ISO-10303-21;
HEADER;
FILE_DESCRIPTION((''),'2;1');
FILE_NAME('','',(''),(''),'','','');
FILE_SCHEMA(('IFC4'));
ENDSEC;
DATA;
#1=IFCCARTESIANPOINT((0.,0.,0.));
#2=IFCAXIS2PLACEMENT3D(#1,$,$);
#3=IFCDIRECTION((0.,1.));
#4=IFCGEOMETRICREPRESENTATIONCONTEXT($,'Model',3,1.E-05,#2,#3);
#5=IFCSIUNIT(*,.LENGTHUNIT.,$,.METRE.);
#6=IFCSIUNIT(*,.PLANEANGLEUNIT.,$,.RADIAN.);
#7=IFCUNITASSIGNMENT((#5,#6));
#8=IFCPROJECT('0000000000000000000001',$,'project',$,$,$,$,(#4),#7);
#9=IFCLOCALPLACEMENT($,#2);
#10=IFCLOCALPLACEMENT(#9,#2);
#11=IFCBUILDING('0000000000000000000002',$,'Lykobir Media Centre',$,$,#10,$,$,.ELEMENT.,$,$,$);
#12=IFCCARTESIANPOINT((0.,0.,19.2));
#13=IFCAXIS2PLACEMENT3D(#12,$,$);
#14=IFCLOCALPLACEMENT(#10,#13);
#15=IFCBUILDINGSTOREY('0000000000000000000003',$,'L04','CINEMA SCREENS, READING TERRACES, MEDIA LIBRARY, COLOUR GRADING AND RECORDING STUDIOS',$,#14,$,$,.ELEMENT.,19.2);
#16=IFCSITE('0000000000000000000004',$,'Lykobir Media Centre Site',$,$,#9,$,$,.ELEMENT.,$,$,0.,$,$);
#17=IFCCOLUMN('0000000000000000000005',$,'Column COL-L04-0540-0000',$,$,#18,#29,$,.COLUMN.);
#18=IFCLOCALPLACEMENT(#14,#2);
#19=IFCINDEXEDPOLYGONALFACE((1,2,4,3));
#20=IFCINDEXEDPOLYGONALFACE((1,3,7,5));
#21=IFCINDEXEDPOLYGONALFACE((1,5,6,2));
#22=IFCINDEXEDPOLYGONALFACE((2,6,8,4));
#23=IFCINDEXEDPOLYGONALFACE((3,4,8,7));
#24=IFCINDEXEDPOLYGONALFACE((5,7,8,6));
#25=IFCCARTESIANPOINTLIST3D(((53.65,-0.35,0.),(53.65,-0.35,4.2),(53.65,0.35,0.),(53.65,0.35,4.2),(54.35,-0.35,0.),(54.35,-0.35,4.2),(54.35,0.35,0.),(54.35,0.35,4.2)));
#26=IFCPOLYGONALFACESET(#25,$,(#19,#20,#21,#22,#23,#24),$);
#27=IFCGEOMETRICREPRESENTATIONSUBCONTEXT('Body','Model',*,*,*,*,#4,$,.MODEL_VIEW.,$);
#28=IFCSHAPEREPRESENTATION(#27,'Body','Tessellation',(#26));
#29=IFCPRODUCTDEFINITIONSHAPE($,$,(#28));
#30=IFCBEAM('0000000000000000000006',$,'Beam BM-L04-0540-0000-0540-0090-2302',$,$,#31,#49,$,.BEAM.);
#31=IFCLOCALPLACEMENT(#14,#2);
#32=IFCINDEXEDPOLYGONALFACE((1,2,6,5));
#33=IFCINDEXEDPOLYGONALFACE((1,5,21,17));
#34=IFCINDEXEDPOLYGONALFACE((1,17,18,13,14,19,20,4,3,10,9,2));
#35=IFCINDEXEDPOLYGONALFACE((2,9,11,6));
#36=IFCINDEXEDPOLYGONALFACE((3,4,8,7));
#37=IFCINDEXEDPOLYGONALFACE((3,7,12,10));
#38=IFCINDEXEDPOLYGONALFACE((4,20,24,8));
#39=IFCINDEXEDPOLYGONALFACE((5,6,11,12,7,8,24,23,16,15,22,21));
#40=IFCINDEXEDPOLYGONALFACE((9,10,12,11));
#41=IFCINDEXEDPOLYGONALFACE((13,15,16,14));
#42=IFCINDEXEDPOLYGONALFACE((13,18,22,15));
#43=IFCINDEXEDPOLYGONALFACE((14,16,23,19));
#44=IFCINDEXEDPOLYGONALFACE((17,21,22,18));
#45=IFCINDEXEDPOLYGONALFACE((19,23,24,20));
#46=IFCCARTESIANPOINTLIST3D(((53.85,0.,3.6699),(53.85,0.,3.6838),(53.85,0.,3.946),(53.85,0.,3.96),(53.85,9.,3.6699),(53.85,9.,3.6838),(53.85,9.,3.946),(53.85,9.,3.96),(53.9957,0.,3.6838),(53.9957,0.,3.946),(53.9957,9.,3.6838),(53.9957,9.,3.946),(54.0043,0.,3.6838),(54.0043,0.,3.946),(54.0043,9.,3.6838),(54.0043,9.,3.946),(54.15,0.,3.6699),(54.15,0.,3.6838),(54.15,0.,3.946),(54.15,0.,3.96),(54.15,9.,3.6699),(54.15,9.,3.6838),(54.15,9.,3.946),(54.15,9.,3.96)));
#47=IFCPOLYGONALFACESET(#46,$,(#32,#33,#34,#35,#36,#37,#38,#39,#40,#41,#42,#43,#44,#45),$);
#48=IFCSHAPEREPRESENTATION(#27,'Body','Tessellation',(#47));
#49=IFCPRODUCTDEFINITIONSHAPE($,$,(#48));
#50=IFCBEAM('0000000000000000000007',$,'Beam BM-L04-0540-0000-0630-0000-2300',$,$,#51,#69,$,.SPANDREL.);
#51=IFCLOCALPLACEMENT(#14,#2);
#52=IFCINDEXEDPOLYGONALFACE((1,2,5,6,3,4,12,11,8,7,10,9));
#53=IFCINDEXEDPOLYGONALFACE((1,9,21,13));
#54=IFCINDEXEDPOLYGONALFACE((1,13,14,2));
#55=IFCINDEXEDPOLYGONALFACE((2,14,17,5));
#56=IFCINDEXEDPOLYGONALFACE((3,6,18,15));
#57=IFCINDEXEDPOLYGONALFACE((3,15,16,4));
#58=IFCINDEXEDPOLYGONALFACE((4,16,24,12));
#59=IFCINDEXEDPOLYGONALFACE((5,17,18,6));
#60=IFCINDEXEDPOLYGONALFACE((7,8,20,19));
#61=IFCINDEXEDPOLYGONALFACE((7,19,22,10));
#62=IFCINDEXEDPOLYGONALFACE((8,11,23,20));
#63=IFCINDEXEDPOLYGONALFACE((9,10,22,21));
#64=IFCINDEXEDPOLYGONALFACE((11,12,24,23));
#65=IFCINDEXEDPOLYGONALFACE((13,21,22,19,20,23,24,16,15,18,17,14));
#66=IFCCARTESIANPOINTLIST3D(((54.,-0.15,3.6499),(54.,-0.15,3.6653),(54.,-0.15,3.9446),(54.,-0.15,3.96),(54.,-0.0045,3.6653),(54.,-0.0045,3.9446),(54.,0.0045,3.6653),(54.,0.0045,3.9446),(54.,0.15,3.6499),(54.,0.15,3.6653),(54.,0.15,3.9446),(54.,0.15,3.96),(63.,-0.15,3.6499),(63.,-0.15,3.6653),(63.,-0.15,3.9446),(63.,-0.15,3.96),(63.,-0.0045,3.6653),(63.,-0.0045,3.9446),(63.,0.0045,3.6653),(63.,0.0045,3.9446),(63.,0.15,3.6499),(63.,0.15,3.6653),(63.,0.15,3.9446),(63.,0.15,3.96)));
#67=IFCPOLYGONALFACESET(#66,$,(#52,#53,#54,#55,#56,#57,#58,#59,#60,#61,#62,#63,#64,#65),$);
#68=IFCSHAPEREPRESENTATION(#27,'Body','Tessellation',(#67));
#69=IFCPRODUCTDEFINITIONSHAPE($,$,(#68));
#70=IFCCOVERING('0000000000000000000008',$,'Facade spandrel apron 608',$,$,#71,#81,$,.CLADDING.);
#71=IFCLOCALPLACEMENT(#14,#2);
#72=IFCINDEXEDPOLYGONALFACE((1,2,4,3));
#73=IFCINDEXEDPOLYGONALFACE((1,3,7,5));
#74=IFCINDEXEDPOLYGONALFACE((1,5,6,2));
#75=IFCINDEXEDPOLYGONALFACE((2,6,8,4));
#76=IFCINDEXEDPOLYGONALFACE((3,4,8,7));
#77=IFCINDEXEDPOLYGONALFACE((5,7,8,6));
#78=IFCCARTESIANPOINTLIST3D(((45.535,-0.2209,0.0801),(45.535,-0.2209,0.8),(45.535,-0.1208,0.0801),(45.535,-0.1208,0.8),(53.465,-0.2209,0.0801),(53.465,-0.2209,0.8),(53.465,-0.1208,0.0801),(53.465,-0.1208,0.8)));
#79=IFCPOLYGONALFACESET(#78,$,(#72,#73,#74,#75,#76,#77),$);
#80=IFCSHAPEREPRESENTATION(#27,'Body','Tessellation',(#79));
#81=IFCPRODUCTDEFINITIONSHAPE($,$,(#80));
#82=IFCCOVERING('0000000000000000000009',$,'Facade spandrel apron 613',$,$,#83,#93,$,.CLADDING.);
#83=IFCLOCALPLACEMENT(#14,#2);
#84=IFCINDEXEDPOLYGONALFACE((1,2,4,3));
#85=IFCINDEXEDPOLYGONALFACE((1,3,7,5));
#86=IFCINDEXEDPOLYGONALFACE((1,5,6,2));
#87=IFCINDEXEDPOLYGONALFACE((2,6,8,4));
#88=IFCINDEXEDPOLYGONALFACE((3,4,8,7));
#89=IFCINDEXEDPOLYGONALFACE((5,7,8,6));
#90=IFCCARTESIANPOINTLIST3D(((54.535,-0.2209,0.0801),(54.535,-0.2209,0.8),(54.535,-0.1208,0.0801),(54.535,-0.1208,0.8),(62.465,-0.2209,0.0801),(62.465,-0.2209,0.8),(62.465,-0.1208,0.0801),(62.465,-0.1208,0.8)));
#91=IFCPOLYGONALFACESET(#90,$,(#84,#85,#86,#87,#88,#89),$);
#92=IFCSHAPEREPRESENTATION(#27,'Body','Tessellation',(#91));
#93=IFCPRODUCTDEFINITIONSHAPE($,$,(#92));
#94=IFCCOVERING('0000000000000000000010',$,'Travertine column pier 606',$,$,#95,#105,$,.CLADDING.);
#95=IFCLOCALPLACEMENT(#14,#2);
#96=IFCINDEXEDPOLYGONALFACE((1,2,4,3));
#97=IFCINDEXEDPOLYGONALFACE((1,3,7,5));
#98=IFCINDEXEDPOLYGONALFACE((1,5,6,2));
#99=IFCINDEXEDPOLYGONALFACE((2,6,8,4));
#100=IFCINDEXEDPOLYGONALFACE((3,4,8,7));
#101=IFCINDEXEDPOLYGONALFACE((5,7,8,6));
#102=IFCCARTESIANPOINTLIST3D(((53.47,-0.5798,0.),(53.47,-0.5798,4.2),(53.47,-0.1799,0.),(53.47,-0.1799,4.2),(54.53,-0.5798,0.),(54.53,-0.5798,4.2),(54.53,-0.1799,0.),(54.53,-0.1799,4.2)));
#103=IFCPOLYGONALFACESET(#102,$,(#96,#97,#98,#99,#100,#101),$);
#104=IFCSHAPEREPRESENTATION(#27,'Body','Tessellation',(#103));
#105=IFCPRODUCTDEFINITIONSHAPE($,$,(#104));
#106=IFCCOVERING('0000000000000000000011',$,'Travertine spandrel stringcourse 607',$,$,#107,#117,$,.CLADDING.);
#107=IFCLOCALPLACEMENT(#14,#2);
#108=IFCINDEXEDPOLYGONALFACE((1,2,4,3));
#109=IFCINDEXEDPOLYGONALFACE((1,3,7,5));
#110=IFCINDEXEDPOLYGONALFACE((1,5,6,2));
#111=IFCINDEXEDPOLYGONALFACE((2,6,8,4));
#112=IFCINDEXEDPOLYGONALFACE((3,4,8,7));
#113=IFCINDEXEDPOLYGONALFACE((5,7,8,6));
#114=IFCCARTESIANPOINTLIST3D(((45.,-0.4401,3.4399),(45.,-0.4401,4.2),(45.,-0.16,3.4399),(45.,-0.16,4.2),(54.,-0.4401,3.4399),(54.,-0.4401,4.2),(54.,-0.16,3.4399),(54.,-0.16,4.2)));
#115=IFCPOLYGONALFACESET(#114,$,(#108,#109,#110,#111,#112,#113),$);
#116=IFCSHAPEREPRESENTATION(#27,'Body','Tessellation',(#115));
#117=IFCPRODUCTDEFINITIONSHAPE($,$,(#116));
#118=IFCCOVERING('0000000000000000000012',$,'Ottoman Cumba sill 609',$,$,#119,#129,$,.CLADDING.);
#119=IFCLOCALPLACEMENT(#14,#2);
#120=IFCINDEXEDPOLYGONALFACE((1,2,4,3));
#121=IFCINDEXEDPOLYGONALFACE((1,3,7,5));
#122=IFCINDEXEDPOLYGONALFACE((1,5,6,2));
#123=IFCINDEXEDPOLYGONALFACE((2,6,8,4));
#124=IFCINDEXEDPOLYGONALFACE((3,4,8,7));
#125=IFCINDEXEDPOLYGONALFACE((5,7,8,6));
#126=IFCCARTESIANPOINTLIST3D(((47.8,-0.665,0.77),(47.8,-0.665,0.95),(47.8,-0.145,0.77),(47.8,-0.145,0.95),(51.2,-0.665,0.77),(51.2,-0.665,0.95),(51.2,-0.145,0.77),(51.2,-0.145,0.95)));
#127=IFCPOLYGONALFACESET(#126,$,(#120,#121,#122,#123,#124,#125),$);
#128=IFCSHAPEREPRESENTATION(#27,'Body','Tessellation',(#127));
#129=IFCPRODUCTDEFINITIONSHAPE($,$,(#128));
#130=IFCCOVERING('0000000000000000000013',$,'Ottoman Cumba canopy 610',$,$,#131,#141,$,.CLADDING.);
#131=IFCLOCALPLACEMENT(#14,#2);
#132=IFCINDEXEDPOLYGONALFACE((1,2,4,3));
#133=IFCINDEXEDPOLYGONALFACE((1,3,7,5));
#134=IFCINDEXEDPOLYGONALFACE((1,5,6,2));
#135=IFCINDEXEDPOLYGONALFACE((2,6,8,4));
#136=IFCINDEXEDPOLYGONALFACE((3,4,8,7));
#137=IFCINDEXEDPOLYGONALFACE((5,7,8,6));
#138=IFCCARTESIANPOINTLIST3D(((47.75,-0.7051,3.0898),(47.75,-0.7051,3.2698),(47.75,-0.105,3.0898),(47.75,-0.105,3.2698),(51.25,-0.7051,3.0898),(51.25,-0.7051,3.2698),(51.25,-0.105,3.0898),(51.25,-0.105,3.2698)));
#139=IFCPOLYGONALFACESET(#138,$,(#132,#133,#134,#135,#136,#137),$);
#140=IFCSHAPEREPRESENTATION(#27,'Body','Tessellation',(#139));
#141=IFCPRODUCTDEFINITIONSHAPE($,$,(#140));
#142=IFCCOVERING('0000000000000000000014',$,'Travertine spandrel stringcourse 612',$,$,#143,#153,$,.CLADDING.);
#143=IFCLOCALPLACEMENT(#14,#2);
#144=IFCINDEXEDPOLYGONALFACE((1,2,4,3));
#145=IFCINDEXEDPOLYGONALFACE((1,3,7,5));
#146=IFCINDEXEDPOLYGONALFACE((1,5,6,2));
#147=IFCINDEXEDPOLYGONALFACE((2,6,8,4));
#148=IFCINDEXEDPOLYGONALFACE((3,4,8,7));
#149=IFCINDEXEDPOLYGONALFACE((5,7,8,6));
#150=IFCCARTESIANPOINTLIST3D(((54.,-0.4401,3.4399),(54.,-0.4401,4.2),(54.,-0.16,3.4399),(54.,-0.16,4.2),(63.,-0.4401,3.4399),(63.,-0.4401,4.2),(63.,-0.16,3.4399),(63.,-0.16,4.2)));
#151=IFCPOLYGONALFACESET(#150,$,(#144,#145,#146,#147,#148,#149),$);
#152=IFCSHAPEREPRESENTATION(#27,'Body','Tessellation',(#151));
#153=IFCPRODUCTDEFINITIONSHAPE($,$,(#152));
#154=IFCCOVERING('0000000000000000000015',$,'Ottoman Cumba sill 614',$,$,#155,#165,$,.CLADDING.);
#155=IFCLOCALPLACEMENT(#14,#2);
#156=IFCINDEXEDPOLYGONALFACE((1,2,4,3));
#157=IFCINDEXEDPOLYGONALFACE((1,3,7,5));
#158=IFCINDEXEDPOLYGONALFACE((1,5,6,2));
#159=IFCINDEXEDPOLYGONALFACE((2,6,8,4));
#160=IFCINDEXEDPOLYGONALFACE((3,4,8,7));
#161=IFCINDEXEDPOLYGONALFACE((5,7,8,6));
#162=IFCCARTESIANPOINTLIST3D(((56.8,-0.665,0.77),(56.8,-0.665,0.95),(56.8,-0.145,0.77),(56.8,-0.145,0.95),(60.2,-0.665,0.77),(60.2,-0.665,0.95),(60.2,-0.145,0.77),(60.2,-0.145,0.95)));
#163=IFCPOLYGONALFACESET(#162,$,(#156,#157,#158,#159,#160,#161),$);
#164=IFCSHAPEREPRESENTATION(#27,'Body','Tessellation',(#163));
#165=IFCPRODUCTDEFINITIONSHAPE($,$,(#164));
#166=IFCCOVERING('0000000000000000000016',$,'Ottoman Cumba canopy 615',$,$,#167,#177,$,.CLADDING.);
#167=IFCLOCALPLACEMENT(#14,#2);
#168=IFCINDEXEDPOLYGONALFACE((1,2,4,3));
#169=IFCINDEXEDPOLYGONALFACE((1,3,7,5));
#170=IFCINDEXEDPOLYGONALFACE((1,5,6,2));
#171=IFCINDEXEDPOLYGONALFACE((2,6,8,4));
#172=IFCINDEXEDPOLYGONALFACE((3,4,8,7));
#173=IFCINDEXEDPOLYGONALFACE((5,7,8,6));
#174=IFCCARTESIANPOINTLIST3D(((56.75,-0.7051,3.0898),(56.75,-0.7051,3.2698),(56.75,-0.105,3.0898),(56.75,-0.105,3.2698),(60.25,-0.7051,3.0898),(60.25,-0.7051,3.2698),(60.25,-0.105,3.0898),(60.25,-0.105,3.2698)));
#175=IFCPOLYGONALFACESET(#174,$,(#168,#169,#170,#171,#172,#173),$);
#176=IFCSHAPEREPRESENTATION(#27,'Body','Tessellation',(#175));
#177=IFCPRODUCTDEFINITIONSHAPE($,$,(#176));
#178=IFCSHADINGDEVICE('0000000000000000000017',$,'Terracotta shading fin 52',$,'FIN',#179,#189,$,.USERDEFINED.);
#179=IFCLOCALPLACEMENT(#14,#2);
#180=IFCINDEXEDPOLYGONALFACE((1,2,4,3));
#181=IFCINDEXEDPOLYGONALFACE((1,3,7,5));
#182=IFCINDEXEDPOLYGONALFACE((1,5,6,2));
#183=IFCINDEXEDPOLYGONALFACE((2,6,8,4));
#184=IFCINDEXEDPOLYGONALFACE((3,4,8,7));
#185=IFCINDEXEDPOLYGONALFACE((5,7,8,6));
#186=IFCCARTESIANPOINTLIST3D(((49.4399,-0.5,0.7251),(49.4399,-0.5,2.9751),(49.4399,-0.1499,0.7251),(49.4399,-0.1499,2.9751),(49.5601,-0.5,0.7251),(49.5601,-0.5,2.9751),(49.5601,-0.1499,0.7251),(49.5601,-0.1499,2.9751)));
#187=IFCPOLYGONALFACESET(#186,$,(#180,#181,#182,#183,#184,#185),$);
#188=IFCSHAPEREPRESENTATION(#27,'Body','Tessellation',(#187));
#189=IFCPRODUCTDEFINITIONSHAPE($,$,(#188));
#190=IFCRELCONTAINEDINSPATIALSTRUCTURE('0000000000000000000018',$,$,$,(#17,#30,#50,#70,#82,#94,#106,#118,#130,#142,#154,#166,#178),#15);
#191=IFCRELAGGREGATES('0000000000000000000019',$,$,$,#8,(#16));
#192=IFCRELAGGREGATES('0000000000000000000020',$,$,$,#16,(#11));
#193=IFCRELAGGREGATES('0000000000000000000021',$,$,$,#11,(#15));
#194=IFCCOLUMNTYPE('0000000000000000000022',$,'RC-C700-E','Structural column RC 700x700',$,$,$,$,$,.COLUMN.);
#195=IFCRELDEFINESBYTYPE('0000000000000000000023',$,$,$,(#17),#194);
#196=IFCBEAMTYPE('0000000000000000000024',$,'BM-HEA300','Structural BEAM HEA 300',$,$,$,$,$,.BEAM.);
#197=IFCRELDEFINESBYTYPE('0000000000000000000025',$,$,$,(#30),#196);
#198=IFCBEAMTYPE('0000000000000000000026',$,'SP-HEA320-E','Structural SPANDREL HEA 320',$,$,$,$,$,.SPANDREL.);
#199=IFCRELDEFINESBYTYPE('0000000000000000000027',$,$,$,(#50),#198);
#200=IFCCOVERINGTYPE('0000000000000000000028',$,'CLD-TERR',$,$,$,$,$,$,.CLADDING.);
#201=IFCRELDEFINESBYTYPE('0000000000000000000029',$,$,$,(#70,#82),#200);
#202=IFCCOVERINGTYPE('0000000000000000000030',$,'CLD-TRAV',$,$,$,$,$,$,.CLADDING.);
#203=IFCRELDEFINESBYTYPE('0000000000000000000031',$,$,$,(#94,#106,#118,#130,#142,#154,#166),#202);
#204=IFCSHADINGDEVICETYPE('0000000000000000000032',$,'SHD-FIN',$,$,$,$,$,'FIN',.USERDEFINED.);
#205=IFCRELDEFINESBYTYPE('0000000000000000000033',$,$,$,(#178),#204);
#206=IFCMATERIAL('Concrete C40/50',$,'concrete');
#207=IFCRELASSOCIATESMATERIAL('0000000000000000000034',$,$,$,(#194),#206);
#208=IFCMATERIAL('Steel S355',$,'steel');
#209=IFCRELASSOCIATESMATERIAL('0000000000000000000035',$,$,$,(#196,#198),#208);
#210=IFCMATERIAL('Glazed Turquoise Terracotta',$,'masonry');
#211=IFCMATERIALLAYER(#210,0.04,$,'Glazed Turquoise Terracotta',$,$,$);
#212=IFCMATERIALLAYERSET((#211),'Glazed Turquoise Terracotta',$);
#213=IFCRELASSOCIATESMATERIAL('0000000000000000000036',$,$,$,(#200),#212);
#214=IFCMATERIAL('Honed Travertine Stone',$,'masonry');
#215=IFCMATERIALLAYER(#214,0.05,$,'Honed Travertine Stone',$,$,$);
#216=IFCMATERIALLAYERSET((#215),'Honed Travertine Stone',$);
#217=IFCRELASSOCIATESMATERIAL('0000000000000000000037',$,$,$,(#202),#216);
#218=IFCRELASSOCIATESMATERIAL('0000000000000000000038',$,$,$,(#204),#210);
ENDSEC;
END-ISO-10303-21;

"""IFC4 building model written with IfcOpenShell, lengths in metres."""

from ifc_helpers import new_model, si_unit, direction, frame, origin, origin_2d, place, context, subcontext, project, spatial, rectangle, i_section, extrude, material, layer, layer_set, material_profile, profile_set, type_object, element, save


model = new_model("IFC4")

# Units and contexts
model_context = context("Model", 3, precision=1e-05, world=origin(), true_north=direction((0.0, 1.0)))
body_context = subcontext(model_context, "Body", "Model", "MODEL_VIEW")
ifc_project = project(units=[si_unit("LENGTHUNIT", "METRE"), si_unit("PLANEANGLEUNIT", "RADIAN")], contexts=[model_context])

# Site, building, storey
site_placement = place(None, origin())
site = spatial("IfcSite", under=ifc_project, at=site_placement, Name="Lykobir Media Centre Site", CompositionType="ELEMENT", RefElevation=0.0)
building_placement = place(site_placement, origin())
building = spatial("IfcBuilding", under=site, at=building_placement, Name="Lykobir Media Centre", CompositionType="ELEMENT")
storey_placement = place(building_placement, frame((0.0, 0.0, 19.2)))
storey = spatial("IfcBuildingStorey", under=building, at=storey_placement, Name="L04", Description="CINEMA SCREENS, READING TERRACES, MEDIA LIBRARY, COLOUR GRADING AND RECORDING STUDIOS", CompositionType="ELEMENT", Elevation=19.2)

# Column
ifc_material_1 = material(Name="Concrete C40/50", Category="concrete")
ifc_material_profile_1 = material_profile(ifc_material_1, rectangle(XDim=0.7, YDim=0.7, at=origin_2d()), Name="RC 700x700")
ifc_profile_set_1 = profile_set([ifc_material_profile_1], Name="Concrete C40/50")
column_type = type_object("IfcColumnType", Name="RC-C700-E", Description="Structural column RC 700x700", PredefinedType="COLUMN", material=ifc_profile_set_1)
column_placement = place(storey_placement, frame((54.0, 0.0, 0.0), z_axis=(0.0, 0.0, 1.0), x_axis=(1.0, 0.0, 0.0)))
element("IfcColumn", 1, at=column_placement, inside=storey, type_object=column_type, Name="Column COL-L04-0540-0000", PredefinedType="COLUMN", context=body_context, shape_type="SweptSolid", body=[
    extrude(rectangle(XDim=0.7, YDim=0.7, at=origin_2d()), origin(), (0.0, 0.0, 1.0), 4.2),
])

# Beams
ifc_material_2 = material(Name="Steel S355", Category="steel")
ifc_material_profile_2 = material_profile(ifc_material_2, i_section(OverallWidth=0.3, OverallDepth=0.29, WebThickness=0.0085, FlangeThickness=0.0139, at=origin_2d()), Name="HEA 300")
ifc_profile_set_2 = profile_set([ifc_material_profile_2], Name="Steel S355")
beam_type_1 = type_object("IfcBeamType", Name="BM-HEA300", Description="Structural BEAM HEA 300", PredefinedType="BEAM", material=ifc_profile_set_2)
beam_1_placement = place(storey_placement, frame((54.0, 0.0, 3.8149), z_axis=(0.0, 1.0, 0.0), x_axis=(-1.0, 0.0, 0.0)))
element("IfcBeam", 2, at=beam_1_placement, inside=storey, type_object=beam_type_1, Name="Beam BM-L04-0540-0000-0540-0090-2302", PredefinedType="BEAM", context=body_context, shape_type="SweptSolid", body=[
    extrude(i_section(OverallWidth=0.3, OverallDepth=0.29, WebThickness=0.0085, FlangeThickness=0.0139, at=origin_2d()), origin(), (0.0, 0.0, 1.0), 9.0),
])
ifc_material_profile_3 = material_profile(ifc_material_2, i_section(OverallWidth=0.3, OverallDepth=0.3101, WebThickness=0.009, FlangeThickness=0.0154, at=origin_2d()), Name="HEA 320")
ifc_profile_set_3 = profile_set([ifc_material_profile_3], Name="Steel S355")
beam_type_2 = type_object("IfcBeamType", Name="SP-HEA320-E", Description="Structural SPANDREL HEA 320", PredefinedType="SPANDREL", material=ifc_profile_set_3)
beam_2_placement = place(storey_placement, frame((54.0, 0.0, 3.8049), z_axis=(1.0, 0.0, 0.0), x_axis=(0.0, 1.0, 0.0)))
element("IfcBeam", 3, at=beam_2_placement, inside=storey, type_object=beam_type_2, Name="Beam BM-L04-0540-0000-0630-0000-2300", PredefinedType="SPANDREL", context=body_context, shape_type="SweptSolid", body=[
    extrude(i_section(OverallWidth=0.3, OverallDepth=0.3101, WebThickness=0.009, FlangeThickness=0.0154, at=origin_2d()), origin(), (0.0, 0.0, 1.0), 9.0),
])

# Coverings
ifc_material_3 = material(Name="Glazed Turquoise Terracotta", Category="masonry")
ifc_layer_1 = layer(ifc_material_3, 0.04, Name="Glazed Turquoise Terracotta")
ifc_layer_set_1 = layer_set([ifc_layer_1], Name="Glazed Turquoise Terracotta")
covering_type_1 = type_object("IfcCoveringType", Name="CLD-TERR", PredefinedType="CLADDING", material=ifc_layer_set_1)
for number, where, z_axis, x_axis, name in (
    (4, (49.5, -0.1709, 0.0801), (0.0, 0.0, 1.0), (1.0, 0.0, 0.0), "Facade spandrel apron 608"),
    (5, (58.5, -0.1709, 0.0801), (0.0, 0.0, 1.0), (1.0, 0.0, 0.0), "Facade spandrel apron 613"),
):
    element("IfcCovering", number, at=place(storey_placement, frame(where, z_axis=z_axis, x_axis=x_axis)), inside=storey, type_object=covering_type_1, Name=name, PredefinedType="CLADDING", context=body_context, shape_type="SweptSolid", body=[
        extrude(rectangle(XDim=7.9299, YDim=0.1001, at=origin_2d()), origin(), (0.0, 0.0, 1.0), 0.72),
    ])
ifc_material_4 = material(Name="Honed Travertine Stone", Category="masonry")
ifc_layer_2 = layer(ifc_material_4, 0.05, Name="Honed Travertine Stone")
ifc_layer_set_2 = layer_set([ifc_layer_2], Name="Honed Travertine Stone")
covering_type_2 = type_object("IfcCoveringType", Name="CLD-TRAV", PredefinedType="CLADDING", material=ifc_layer_set_2)
covering_1_placement = place(storey_placement, frame((54.0, -0.3799, 0.0), z_axis=(0.0, 0.0, 1.0), x_axis=(1.0, 0.0, 0.0)))
element("IfcCovering", 6, at=covering_1_placement, inside=storey, type_object=covering_type_2, Name="Travertine column pier 606", PredefinedType="CLADDING", context=body_context, shape_type="SweptSolid", body=[
    extrude(rectangle(XDim=1.0601, YDim=0.3999, at=origin_2d()), origin(), (0.0, 0.0, 1.0), 4.2),
])
covering_2_placement = place(storey_placement, frame((49.5, -0.3, 3.4399), z_axis=(0.0, 0.0, 1.0), x_axis=(1.0, 0.0, 0.0)))
element("IfcCovering", 7, at=covering_2_placement, inside=storey, type_object=covering_type_2, Name="Travertine spandrel stringcourse 607", PredefinedType="CLADDING", context=body_context, shape_type="SweptSolid", body=[
    extrude(rectangle(XDim=9.0, YDim=0.28, at=origin_2d()), origin(), (0.0, 0.0, 1.0), 0.76),
])
covering_3_placement = place(storey_placement, frame((49.5, -0.405, 0.77), z_axis=(0.0, 0.0, 1.0), x_axis=(1.0, 0.0, 0.0)))
element("IfcCovering", 8, at=covering_3_placement, inside=storey, type_object=covering_type_2, Name="Ottoman Cumba sill 609", PredefinedType="CLADDING", context=body_context, shape_type="SweptSolid", body=[
    extrude(rectangle(XDim=3.3999, YDim=0.52, at=origin_2d()), origin(), (0.0, 0.0, 1.0), 0.1799),
])
covering_4_placement = place(storey_placement, frame((49.5, -0.405, 3.0898), z_axis=(0.0, 0.0, 1.0), x_axis=(1.0, 0.0, 0.0)))
element("IfcCovering", 9, at=covering_4_placement, inside=storey, type_object=covering_type_2, Name="Ottoman Cumba canopy 610", PredefinedType="CLADDING", context=body_context, shape_type="SweptSolid", body=[
    extrude(rectangle(XDim=3.5, YDim=0.6001, at=origin_2d()), origin(), (0.0, 0.0, 1.0), 0.1799),
])
covering_5_placement = place(storey_placement, frame((58.5, -0.3, 3.4399), z_axis=(0.0, 0.0, 1.0), x_axis=(1.0, 0.0, 0.0)))
element("IfcCovering", 10, at=covering_5_placement, inside=storey, type_object=covering_type_2, Name="Travertine spandrel stringcourse 612", PredefinedType="CLADDING", context=body_context, shape_type="SweptSolid", body=[
    extrude(rectangle(XDim=9.0, YDim=0.28, at=origin_2d()), origin(), (0.0, 0.0, 1.0), 0.76),
])
covering_6_placement = place(storey_placement, frame((58.5, -0.405, 0.77), z_axis=(0.0, 0.0, 1.0), x_axis=(1.0, 0.0, 0.0)))
element("IfcCovering", 11, at=covering_6_placement, inside=storey, type_object=covering_type_2, Name="Ottoman Cumba sill 614", PredefinedType="CLADDING", context=body_context, shape_type="SweptSolid", body=[
    extrude(rectangle(XDim=3.3999, YDim=0.52, at=origin_2d()), origin(), (0.0, 0.0, 1.0), 0.1799),
])
covering_7_placement = place(storey_placement, frame((58.5, -0.405, 3.0898), z_axis=(0.0, 0.0, 1.0), x_axis=(1.0, 0.0, 0.0)))
element("IfcCovering", 12, at=covering_7_placement, inside=storey, type_object=covering_type_2, Name="Ottoman Cumba canopy 615", PredefinedType="CLADDING", context=body_context, shape_type="SweptSolid", body=[
    extrude(rectangle(XDim=3.5, YDim=0.6001, at=origin_2d()), origin(), (0.0, 0.0, 1.0), 0.1799),
])

# Shading device
shading_device_type = type_object("IfcShadingDeviceType", Name="SHD-FIN", ElementType="FIN", PredefinedType="USERDEFINED", material=ifc_material_3)
for number, where, z_axis, x_axis, name in (
    (13, (49.5, -0.325, 0.7251), (0.0, 0.0, 1.0), (1.0, 0.0, 0.0), "Terracotta shading fin 52"),
):
    element("IfcShadingDevice", number, at=place(storey_placement, frame(where, z_axis=z_axis, x_axis=x_axis)), inside=storey, type_object=shading_device_type, Name=name, ObjectType="FIN", PredefinedType="USERDEFINED", context=body_context, shape_type="SweptSolid", body=[
        extrude(rectangle(XDim=0.1201, YDim=0.3501, at=origin_2d()), origin(), (0.0, 0.0, 1.0), 2.25),
    ])

save(model, "model.ifc")
